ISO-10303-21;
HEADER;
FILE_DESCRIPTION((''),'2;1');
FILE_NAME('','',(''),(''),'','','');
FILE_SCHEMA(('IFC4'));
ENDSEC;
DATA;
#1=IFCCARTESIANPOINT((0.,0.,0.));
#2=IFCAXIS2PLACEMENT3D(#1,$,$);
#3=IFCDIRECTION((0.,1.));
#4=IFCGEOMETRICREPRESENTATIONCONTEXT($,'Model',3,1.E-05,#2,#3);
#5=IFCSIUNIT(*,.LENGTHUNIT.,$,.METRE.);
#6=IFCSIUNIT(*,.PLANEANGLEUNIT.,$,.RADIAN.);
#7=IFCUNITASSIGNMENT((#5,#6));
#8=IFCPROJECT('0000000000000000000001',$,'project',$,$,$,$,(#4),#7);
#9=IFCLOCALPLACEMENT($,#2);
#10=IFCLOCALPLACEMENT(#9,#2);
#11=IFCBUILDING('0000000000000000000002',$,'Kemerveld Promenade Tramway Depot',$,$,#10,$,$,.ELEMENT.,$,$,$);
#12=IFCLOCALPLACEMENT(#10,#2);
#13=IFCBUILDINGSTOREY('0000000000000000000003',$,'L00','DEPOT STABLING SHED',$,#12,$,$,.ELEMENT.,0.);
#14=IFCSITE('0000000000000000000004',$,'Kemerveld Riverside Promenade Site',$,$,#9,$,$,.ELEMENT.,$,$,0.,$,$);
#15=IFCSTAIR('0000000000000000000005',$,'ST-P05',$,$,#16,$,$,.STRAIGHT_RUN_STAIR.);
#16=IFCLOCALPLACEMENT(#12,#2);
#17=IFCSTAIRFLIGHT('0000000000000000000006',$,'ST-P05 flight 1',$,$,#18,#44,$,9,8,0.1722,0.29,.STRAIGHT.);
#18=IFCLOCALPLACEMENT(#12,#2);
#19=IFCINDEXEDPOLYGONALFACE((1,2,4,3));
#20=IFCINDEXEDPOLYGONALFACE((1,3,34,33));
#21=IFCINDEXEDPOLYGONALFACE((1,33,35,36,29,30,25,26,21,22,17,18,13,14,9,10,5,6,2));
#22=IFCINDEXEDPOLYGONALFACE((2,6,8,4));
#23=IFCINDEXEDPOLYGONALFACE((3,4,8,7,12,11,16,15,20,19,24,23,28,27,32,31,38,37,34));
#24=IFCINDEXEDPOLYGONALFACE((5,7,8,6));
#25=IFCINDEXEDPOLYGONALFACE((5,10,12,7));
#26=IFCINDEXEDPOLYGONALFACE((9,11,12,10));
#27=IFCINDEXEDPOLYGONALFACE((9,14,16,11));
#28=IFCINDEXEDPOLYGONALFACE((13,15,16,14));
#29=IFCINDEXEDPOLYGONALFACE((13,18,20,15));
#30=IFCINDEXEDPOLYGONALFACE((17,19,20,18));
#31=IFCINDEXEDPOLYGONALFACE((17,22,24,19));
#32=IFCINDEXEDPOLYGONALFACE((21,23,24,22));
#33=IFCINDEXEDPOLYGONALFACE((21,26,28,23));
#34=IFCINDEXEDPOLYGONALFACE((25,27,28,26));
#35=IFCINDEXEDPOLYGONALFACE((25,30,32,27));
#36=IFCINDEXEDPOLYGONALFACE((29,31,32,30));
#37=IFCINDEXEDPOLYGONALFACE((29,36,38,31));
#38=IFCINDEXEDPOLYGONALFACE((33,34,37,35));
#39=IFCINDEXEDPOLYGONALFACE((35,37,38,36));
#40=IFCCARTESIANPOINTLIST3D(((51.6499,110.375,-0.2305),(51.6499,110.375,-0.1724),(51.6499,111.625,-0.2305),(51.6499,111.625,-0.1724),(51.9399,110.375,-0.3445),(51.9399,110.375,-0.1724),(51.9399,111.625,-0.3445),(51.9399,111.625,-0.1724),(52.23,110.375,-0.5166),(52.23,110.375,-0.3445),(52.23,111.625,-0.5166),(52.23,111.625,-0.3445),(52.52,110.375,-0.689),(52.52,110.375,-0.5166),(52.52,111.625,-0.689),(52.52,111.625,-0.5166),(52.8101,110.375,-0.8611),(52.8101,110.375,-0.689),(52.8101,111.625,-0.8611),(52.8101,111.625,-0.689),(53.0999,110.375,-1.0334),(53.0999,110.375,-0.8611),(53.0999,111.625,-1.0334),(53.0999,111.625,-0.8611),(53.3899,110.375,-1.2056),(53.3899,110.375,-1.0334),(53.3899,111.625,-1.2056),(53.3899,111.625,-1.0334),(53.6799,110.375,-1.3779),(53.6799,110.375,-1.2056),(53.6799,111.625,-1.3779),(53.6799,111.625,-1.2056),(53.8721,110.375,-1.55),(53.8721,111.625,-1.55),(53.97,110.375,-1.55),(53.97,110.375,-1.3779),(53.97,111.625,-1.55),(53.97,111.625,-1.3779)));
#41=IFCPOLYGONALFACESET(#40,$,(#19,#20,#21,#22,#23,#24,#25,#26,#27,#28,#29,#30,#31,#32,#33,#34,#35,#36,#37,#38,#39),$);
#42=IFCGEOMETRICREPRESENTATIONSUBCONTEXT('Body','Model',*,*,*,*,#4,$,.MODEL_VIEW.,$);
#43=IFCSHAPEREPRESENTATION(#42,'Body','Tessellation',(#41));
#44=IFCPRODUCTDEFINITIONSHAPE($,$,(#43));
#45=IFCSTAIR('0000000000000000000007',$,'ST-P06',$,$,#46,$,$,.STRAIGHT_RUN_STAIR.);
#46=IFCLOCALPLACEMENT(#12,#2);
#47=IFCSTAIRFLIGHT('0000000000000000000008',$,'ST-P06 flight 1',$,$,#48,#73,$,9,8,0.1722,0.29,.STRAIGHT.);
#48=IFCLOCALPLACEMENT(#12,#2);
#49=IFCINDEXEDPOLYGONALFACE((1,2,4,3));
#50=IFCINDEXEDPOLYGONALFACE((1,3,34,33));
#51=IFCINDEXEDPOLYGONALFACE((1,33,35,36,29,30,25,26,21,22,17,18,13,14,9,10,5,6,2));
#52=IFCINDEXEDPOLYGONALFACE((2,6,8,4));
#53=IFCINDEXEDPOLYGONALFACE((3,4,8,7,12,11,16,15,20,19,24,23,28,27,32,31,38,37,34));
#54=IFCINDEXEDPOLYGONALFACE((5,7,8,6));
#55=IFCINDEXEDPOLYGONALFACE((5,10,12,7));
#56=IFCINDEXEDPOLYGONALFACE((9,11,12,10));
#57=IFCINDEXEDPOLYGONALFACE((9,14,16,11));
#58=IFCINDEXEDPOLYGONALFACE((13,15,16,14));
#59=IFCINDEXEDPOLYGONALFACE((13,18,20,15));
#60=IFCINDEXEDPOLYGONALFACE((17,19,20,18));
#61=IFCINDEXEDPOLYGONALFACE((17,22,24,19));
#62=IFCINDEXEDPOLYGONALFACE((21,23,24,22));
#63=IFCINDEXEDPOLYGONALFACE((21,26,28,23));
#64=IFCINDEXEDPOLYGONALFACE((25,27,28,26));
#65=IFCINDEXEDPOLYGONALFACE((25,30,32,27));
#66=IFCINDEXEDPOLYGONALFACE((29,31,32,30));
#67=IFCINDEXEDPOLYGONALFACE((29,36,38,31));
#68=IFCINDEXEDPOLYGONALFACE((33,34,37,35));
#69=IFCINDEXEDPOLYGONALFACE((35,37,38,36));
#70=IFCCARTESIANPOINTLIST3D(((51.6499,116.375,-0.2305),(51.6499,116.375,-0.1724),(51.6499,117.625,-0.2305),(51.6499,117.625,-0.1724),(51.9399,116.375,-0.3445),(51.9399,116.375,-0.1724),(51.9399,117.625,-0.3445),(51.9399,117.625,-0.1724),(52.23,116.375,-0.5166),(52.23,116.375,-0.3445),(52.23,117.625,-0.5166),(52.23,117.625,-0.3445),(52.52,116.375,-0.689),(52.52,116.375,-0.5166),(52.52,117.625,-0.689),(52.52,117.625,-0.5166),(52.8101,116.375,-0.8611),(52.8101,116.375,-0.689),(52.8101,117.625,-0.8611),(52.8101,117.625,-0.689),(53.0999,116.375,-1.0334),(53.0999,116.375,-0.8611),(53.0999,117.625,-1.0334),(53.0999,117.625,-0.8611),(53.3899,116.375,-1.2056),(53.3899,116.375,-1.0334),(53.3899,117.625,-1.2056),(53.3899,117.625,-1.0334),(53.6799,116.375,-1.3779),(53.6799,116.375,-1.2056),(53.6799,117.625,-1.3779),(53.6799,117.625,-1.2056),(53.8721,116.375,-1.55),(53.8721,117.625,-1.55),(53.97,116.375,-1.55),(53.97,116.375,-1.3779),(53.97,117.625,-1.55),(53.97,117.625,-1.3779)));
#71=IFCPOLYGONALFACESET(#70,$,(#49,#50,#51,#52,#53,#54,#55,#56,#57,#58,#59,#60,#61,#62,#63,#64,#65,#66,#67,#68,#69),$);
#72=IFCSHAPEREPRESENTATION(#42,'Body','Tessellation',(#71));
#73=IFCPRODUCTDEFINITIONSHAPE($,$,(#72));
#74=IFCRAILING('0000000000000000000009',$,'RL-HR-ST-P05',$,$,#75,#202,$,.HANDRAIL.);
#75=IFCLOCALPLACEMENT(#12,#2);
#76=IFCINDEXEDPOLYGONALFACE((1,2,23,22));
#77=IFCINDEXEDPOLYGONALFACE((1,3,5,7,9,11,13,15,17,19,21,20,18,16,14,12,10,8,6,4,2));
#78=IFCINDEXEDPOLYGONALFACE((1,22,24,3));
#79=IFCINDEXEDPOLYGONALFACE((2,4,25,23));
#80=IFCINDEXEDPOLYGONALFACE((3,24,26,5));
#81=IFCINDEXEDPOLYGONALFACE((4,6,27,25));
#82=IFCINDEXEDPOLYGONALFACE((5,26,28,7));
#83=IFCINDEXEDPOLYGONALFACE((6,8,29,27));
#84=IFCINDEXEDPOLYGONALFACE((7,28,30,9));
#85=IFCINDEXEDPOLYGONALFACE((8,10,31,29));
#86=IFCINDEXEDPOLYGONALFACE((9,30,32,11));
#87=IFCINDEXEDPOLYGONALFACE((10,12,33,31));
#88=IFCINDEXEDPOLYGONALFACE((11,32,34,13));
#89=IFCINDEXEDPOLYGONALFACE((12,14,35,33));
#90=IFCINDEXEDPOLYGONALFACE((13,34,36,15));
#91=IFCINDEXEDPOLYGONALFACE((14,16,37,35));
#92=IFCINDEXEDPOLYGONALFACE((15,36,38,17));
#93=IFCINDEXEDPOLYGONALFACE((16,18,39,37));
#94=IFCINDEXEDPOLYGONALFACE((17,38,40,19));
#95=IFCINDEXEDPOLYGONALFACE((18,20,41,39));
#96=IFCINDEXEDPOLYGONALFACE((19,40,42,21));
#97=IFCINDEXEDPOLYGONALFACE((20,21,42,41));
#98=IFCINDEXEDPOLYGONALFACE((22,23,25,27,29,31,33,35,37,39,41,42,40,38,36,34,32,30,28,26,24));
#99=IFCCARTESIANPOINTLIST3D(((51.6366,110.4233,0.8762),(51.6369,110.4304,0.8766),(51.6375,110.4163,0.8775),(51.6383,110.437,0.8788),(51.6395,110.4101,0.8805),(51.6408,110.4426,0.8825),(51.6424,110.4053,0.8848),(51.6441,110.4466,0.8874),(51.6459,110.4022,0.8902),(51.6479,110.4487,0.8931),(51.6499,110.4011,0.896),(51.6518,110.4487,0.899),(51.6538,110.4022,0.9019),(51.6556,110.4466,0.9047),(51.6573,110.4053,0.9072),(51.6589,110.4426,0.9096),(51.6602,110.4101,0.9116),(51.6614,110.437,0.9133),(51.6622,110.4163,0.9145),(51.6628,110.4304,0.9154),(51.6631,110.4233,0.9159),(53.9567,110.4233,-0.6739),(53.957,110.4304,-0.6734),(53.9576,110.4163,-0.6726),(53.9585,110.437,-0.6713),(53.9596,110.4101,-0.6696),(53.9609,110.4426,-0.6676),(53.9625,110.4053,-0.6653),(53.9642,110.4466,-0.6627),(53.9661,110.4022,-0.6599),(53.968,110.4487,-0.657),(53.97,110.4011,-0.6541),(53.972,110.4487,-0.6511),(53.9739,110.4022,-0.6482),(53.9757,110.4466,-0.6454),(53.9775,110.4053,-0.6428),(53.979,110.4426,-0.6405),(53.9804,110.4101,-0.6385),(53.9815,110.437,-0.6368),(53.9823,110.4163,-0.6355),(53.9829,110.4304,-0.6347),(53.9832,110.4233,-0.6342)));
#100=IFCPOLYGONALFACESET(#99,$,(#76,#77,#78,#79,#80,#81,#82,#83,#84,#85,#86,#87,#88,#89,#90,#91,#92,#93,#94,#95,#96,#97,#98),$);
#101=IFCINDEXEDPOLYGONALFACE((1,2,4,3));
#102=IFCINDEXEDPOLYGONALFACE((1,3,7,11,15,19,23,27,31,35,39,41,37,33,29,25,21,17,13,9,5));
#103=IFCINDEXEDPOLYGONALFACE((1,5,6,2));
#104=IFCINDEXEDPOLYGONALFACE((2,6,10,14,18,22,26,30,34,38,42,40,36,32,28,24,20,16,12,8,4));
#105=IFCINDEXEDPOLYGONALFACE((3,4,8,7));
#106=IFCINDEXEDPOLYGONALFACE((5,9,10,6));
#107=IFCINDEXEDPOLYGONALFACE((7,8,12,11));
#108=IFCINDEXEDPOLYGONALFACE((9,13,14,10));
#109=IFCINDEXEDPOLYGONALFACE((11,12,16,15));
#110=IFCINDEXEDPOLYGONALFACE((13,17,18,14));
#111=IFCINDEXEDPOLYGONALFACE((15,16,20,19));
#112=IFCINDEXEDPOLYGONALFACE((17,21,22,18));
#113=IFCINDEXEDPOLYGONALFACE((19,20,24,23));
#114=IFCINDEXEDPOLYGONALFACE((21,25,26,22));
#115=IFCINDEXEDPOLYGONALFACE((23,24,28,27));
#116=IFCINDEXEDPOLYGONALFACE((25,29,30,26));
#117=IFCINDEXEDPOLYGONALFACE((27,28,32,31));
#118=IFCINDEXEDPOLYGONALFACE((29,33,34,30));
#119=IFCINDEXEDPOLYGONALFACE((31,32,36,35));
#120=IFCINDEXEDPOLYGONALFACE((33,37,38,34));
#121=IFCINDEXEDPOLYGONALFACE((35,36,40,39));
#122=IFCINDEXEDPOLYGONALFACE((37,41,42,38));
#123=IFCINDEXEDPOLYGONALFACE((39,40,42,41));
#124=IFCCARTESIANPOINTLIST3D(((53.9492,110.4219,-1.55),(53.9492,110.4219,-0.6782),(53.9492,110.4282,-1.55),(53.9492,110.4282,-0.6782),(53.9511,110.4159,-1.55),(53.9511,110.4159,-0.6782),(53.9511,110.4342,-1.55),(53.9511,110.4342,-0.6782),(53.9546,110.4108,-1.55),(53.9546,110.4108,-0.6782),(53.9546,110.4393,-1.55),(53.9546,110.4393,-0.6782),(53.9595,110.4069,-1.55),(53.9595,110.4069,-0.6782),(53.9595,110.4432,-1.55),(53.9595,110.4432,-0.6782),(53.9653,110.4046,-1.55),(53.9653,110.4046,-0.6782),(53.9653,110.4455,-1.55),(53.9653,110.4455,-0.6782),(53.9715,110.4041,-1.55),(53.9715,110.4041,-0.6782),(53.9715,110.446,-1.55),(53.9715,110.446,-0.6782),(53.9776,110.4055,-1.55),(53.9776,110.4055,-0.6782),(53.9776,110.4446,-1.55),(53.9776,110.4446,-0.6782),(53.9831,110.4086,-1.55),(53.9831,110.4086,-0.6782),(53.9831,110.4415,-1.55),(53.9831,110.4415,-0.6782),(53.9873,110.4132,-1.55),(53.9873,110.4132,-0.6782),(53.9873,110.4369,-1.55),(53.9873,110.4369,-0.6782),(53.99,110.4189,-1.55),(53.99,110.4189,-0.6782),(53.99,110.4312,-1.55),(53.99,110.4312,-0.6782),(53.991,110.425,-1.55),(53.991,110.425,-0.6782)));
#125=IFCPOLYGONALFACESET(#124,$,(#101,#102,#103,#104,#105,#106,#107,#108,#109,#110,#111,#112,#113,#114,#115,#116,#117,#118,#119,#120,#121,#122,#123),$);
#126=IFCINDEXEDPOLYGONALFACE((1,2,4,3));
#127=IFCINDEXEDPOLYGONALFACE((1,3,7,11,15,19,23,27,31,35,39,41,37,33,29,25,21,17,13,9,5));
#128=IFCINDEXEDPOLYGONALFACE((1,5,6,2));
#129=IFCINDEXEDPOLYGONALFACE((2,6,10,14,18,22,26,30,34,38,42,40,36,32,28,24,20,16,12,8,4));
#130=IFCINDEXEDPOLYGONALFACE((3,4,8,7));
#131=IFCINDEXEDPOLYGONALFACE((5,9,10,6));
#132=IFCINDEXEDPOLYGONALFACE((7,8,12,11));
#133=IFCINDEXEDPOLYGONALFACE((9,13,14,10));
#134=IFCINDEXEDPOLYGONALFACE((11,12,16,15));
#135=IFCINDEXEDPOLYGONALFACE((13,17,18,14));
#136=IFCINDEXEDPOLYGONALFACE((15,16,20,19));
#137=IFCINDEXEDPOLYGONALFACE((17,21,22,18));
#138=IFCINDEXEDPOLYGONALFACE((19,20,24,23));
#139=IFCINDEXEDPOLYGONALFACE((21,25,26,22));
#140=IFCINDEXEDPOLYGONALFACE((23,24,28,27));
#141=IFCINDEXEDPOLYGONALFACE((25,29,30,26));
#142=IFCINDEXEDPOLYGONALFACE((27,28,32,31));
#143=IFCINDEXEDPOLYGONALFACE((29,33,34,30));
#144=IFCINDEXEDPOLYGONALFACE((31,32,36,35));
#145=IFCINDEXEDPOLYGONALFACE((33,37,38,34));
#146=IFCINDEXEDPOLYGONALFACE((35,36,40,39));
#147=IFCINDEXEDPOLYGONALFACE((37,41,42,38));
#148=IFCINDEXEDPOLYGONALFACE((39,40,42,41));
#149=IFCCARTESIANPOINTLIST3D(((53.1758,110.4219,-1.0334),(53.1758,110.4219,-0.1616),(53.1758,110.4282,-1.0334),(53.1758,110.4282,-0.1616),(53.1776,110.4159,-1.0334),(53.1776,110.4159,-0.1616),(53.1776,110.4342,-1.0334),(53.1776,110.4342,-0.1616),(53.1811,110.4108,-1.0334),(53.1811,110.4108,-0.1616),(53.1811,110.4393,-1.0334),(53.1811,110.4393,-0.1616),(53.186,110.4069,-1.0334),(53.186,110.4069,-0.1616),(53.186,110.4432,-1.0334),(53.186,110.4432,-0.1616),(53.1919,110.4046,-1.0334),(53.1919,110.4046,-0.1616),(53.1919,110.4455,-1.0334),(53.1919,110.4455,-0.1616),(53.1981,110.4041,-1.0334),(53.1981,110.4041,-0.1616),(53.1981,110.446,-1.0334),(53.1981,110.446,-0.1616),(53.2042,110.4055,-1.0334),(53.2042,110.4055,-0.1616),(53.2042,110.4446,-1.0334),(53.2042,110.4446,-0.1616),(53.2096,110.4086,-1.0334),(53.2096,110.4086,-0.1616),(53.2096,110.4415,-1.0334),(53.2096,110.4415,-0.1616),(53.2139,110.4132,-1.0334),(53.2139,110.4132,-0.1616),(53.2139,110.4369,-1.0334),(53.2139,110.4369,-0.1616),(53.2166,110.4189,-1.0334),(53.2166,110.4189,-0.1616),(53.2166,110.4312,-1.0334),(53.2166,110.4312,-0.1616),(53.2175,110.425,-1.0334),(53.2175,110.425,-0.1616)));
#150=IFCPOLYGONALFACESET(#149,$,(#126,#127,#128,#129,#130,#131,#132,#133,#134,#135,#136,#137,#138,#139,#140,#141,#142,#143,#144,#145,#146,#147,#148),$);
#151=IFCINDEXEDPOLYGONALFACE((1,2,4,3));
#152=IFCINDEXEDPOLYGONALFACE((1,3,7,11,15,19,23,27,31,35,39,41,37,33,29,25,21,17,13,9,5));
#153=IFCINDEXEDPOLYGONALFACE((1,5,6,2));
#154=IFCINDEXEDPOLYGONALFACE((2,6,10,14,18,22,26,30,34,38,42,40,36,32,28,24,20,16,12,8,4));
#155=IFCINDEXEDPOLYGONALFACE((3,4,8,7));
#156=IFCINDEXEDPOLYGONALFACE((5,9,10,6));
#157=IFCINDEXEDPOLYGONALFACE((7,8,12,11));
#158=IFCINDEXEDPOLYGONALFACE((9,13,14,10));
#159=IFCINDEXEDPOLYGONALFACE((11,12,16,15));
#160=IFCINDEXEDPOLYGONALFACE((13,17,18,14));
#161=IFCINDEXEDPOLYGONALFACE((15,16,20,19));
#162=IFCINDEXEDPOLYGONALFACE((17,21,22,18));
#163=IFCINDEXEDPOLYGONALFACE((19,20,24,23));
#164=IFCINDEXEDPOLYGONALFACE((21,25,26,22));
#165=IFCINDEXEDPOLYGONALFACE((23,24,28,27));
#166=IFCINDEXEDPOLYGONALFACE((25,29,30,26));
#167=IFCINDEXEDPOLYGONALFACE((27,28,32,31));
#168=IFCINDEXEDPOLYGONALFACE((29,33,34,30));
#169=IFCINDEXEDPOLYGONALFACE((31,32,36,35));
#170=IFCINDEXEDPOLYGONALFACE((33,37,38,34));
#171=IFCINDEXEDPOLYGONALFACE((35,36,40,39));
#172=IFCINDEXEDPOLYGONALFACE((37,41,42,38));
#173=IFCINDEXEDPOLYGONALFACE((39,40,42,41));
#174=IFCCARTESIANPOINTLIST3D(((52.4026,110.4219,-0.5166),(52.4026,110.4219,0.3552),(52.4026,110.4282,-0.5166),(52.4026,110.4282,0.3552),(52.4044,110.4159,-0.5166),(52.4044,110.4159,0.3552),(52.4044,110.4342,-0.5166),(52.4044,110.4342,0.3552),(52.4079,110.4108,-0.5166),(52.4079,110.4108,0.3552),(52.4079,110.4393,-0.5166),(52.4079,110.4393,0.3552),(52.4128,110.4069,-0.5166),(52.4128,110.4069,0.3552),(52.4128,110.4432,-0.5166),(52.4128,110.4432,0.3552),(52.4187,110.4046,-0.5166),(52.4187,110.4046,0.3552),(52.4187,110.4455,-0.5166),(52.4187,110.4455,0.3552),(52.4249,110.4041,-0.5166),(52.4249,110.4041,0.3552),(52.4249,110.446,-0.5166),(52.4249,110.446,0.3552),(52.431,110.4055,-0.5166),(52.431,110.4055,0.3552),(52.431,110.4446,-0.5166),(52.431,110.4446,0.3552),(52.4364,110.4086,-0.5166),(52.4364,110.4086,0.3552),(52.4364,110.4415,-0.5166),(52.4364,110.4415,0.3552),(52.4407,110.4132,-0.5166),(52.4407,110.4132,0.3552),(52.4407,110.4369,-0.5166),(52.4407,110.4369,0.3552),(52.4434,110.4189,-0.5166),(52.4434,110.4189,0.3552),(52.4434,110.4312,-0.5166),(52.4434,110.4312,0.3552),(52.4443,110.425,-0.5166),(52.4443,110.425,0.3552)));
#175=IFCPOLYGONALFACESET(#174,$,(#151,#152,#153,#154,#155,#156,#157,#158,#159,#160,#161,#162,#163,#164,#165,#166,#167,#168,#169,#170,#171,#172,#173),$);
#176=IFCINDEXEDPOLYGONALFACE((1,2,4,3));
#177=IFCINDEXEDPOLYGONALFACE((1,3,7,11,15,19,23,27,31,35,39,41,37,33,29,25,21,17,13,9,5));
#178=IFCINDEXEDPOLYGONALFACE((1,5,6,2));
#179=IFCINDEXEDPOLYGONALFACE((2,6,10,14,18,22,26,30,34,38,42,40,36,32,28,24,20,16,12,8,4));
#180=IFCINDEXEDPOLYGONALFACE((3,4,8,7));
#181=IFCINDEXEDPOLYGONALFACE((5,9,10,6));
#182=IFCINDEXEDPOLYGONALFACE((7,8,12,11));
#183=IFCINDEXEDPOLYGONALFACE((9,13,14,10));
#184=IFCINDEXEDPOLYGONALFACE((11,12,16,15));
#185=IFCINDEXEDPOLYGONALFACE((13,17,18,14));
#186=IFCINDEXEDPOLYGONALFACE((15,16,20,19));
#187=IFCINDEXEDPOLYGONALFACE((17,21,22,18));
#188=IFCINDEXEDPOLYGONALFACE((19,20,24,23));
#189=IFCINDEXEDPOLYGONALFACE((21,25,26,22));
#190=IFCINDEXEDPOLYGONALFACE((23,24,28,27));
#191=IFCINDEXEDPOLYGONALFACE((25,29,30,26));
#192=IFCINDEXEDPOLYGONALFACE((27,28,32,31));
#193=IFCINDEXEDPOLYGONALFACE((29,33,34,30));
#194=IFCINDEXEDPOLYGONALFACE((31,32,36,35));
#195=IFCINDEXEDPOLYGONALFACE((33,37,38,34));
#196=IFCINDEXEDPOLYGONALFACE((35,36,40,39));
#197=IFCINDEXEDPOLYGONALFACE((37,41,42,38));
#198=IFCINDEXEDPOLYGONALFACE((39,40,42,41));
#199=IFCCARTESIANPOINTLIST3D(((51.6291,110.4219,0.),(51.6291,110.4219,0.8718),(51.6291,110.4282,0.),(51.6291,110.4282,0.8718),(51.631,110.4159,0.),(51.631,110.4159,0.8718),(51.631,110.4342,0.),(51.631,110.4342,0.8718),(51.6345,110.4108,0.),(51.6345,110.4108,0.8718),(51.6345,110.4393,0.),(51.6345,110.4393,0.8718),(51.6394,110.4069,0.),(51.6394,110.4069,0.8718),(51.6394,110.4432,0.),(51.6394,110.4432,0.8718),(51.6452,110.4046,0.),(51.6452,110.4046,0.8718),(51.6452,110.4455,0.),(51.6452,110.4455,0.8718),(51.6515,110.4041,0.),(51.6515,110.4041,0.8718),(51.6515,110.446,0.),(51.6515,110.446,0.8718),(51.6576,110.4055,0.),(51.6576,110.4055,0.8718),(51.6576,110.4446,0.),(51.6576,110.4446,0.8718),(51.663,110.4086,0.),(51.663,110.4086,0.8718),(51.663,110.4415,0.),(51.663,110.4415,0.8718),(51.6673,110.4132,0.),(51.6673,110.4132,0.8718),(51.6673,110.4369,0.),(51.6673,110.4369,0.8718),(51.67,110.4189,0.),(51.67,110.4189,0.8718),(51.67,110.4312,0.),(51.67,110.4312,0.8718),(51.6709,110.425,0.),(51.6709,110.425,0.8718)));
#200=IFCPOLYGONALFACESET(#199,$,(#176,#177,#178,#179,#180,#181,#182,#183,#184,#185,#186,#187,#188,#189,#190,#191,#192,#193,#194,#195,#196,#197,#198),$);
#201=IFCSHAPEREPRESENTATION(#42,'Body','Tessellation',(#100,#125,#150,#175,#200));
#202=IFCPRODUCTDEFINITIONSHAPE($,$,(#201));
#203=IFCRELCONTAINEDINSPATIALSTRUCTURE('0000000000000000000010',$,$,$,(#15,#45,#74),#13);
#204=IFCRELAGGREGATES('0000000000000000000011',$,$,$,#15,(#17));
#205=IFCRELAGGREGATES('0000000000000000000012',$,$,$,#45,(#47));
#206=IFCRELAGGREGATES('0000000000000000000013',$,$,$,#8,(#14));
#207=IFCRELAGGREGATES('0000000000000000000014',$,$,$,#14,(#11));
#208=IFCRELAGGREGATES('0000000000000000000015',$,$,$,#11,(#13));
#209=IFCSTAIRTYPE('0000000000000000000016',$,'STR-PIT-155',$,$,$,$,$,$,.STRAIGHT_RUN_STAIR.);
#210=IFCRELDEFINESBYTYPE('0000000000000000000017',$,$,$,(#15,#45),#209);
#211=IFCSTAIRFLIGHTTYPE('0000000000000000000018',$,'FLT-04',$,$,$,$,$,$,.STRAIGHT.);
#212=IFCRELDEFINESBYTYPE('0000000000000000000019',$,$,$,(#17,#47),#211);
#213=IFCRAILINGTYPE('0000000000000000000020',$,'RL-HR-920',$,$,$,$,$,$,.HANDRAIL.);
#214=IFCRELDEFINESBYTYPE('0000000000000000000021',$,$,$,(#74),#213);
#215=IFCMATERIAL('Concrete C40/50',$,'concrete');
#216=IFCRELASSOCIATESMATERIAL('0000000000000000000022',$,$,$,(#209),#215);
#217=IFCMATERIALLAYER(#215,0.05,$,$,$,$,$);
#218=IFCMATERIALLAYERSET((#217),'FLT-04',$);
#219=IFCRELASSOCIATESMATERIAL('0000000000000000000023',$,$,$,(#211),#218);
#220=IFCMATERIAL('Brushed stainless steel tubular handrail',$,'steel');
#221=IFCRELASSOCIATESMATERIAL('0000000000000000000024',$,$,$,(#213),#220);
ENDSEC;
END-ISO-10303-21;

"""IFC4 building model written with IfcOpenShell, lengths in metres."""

from ifc_helpers import new_model, si_unit, direction, frame, origin, origin_2d, place, context, subcontext, project, spatial, polyline, circle, outline, extrude, material, layer, layer_set, type_object, element, aggregate, save


model = new_model("IFC4")

# Units and contexts
model_context = context("Model", 3, precision=1e-05, world=origin(), true_north=direction((0.0, 1.0)))
body_context = subcontext(model_context, "Body", "Model", "MODEL_VIEW")
ifc_project = project(units=[si_unit("LENGTHUNIT", "METRE"), si_unit("PLANEANGLEUNIT", "RADIAN")], contexts=[model_context])

# Site, building, storey
site_placement = place(None, origin())
site = spatial("IfcSite", under=ifc_project, at=site_placement, Name="Kemerveld Riverside Promenade Site", CompositionType="ELEMENT", RefElevation=0.0)
building_placement = place(site_placement, origin())
building = spatial("IfcBuilding", under=site, at=building_placement, Name="Kemerveld Promenade Tramway Depot", CompositionType="ELEMENT")
storey_placement = place(building_placement, origin())
storey = spatial("IfcBuildingStorey", under=building, at=storey_placement, Name="L00", Description="DEPOT STABLING SHED", CompositionType="ELEMENT", Elevation=0.0)

# Stairs, stair flights
ifc_material_1 = material(Name="Concrete C40/50", Category="concrete")
stair_type = type_object("IfcStairType", Name="STR-PIT-155", PredefinedType="STRAIGHT_RUN_STAIR", material=ifc_material_1)
stair_1_placement = place(storey_placement, origin())
stair_1 = element("IfcStair", 1, at=stair_1_placement, inside=storey, type_object=stair_type, Name="ST-P05", PredefinedType="STRAIGHT_RUN_STAIR")
ifc_layer_1 = layer(ifc_material_1, 0.05)
ifc_layer_set_1 = layer_set([ifc_layer_1], Name="FLT-04")
stair_flight_type = type_object("IfcStairFlightType", Name="FLT-04", PredefinedType="STRAIGHT", material=ifc_layer_set_1)
stair_flight_1_placement = place(storey_placement, frame((53.97, 111.0, -1.55), z_axis=(0.0, 0.0, 1.0), x_axis=(-1.0, 0.0, 0.0)))
stair_flight_1 = element("IfcStairFlight", 2, at=stair_flight_1_placement, type_object=stair_flight_type, Name="ST-P05 flight 1", NumberOfRisers=9, NumberOfTreads=8, PredefinedType="STRAIGHT", RiserHeight=0.1722, TreadLength=0.29, context=body_context, shape_type="SweptSolid", body=[
    extrude(outline(polyline([(0.0, 0.0), (0.0, 0.1721), (0.29, 0.1721), (0.29, 0.3445), (0.5801, 0.3445), (0.5801, 0.5166), (0.8701, 0.5166), (0.8701, 0.689), (1.1599, 0.689), (1.1599, 0.8611), (1.45, 0.8611), (1.45, 1.0334), (1.74, 1.0334), (1.74, 1.2056), (2.03, 1.2056), (2.03, 1.3777), (2.3201, 1.3777), (2.3201, 1.55), (2.3201, 1.3196), (0.0979, 0.0), (0.0, 0.0)])), frame((0.0, 0.625, 0.0), z_axis=(0.0, -1.0, 0.0), x_axis=(1.0, 0.0, 0.0)), (0.0, 0.0, 1.0), 1.25),
])
aggregate(stair_1, [stair_flight_1])
stair_2_placement = place(storey_placement, origin())
stair_2 = element("IfcStair", 3, at=stair_2_placement, inside=storey, type_object=stair_type, Name="ST-P06", PredefinedType="STRAIGHT_RUN_STAIR")
stair_flight_2_placement = place(storey_placement, frame((53.97, 117.0, -1.55), z_axis=(0.0, 0.0, 1.0), x_axis=(-1.0, 0.0, 0.0)))
stair_flight_2 = element("IfcStairFlight", 4, at=stair_flight_2_placement, type_object=stair_flight_type, Name="ST-P06 flight 1", NumberOfRisers=9, NumberOfTreads=8, PredefinedType="STRAIGHT", RiserHeight=0.1722, TreadLength=0.29, context=body_context, shape_type="SweptSolid", body=[
    extrude(outline(polyline([(0.0, 0.0), (0.0, 0.1721), (0.29, 0.1721), (0.29, 0.3445), (0.5801, 0.3445), (0.5801, 0.5166), (0.8701, 0.5166), (0.8701, 0.689), (1.1599, 0.689), (1.1599, 0.8611), (1.45, 0.8611), (1.45, 1.0334), (1.74, 1.0334), (1.74, 1.2056), (2.03, 1.2056), (2.03, 1.3777), (2.3201, 1.3777), (2.3201, 1.55), (2.3201, 1.3196), (0.0979, 0.0), (0.0, 0.0)])), frame((0.0, 0.625, 0.0), z_axis=(0.0, -1.0, 0.0), x_axis=(1.0, 0.0, 0.0)), (0.0, 0.0, 1.0), 1.25),
])
aggregate(stair_2, [stair_flight_2])

# Railing
ifc_material_2 = material(Name="Brushed stainless steel tubular handrail", Category="steel")
railing_type = type_object("IfcRailingType", Name="RL-HR-920", PredefinedType="HANDRAIL", material=ifc_material_2)
for number, where, name in (
    (5, (53.97, 110.425, -1.55), "RL-HR-ST-P05"),
):
    element("IfcRailing", number, at=place(storey_placement, frame(where)), inside=storey, type_object=railing_type, Name=name, PredefinedType="HANDRAIL", context=body_context, shape_type="SweptSolid", body=[
        extrude(circle(Radius=0.0239, at=origin_2d()), frame((0.0, 0.0, 0.896), z_axis=(-0.831498, 0.0, 0.555528), x_axis=(0.0, -1.0, 0.0)), (0.0, 0.0, 1.0), 2.7903),
        extrude(circle(Radius=0.021, at=origin_2d()), origin(), (0.0, 0.0, 1.0), 0.8718),
        extrude(circle(Radius=0.021, at=origin_2d()), frame((-0.7734, 0.0, 0.5166)), (0.0, 0.0, 1.0), 0.8718),
        extrude(circle(Radius=0.021, at=origin_2d()), frame((-1.5466, 0.0, 1.0334)), (0.0, 0.0, 1.0), 0.8718),
        extrude(circle(Radius=0.021, at=origin_2d()), frame((-2.3201, 0.0, 1.55)), (0.0, 0.0, 1.0), 0.8718),
    ])

save(model, "model.ifc")
